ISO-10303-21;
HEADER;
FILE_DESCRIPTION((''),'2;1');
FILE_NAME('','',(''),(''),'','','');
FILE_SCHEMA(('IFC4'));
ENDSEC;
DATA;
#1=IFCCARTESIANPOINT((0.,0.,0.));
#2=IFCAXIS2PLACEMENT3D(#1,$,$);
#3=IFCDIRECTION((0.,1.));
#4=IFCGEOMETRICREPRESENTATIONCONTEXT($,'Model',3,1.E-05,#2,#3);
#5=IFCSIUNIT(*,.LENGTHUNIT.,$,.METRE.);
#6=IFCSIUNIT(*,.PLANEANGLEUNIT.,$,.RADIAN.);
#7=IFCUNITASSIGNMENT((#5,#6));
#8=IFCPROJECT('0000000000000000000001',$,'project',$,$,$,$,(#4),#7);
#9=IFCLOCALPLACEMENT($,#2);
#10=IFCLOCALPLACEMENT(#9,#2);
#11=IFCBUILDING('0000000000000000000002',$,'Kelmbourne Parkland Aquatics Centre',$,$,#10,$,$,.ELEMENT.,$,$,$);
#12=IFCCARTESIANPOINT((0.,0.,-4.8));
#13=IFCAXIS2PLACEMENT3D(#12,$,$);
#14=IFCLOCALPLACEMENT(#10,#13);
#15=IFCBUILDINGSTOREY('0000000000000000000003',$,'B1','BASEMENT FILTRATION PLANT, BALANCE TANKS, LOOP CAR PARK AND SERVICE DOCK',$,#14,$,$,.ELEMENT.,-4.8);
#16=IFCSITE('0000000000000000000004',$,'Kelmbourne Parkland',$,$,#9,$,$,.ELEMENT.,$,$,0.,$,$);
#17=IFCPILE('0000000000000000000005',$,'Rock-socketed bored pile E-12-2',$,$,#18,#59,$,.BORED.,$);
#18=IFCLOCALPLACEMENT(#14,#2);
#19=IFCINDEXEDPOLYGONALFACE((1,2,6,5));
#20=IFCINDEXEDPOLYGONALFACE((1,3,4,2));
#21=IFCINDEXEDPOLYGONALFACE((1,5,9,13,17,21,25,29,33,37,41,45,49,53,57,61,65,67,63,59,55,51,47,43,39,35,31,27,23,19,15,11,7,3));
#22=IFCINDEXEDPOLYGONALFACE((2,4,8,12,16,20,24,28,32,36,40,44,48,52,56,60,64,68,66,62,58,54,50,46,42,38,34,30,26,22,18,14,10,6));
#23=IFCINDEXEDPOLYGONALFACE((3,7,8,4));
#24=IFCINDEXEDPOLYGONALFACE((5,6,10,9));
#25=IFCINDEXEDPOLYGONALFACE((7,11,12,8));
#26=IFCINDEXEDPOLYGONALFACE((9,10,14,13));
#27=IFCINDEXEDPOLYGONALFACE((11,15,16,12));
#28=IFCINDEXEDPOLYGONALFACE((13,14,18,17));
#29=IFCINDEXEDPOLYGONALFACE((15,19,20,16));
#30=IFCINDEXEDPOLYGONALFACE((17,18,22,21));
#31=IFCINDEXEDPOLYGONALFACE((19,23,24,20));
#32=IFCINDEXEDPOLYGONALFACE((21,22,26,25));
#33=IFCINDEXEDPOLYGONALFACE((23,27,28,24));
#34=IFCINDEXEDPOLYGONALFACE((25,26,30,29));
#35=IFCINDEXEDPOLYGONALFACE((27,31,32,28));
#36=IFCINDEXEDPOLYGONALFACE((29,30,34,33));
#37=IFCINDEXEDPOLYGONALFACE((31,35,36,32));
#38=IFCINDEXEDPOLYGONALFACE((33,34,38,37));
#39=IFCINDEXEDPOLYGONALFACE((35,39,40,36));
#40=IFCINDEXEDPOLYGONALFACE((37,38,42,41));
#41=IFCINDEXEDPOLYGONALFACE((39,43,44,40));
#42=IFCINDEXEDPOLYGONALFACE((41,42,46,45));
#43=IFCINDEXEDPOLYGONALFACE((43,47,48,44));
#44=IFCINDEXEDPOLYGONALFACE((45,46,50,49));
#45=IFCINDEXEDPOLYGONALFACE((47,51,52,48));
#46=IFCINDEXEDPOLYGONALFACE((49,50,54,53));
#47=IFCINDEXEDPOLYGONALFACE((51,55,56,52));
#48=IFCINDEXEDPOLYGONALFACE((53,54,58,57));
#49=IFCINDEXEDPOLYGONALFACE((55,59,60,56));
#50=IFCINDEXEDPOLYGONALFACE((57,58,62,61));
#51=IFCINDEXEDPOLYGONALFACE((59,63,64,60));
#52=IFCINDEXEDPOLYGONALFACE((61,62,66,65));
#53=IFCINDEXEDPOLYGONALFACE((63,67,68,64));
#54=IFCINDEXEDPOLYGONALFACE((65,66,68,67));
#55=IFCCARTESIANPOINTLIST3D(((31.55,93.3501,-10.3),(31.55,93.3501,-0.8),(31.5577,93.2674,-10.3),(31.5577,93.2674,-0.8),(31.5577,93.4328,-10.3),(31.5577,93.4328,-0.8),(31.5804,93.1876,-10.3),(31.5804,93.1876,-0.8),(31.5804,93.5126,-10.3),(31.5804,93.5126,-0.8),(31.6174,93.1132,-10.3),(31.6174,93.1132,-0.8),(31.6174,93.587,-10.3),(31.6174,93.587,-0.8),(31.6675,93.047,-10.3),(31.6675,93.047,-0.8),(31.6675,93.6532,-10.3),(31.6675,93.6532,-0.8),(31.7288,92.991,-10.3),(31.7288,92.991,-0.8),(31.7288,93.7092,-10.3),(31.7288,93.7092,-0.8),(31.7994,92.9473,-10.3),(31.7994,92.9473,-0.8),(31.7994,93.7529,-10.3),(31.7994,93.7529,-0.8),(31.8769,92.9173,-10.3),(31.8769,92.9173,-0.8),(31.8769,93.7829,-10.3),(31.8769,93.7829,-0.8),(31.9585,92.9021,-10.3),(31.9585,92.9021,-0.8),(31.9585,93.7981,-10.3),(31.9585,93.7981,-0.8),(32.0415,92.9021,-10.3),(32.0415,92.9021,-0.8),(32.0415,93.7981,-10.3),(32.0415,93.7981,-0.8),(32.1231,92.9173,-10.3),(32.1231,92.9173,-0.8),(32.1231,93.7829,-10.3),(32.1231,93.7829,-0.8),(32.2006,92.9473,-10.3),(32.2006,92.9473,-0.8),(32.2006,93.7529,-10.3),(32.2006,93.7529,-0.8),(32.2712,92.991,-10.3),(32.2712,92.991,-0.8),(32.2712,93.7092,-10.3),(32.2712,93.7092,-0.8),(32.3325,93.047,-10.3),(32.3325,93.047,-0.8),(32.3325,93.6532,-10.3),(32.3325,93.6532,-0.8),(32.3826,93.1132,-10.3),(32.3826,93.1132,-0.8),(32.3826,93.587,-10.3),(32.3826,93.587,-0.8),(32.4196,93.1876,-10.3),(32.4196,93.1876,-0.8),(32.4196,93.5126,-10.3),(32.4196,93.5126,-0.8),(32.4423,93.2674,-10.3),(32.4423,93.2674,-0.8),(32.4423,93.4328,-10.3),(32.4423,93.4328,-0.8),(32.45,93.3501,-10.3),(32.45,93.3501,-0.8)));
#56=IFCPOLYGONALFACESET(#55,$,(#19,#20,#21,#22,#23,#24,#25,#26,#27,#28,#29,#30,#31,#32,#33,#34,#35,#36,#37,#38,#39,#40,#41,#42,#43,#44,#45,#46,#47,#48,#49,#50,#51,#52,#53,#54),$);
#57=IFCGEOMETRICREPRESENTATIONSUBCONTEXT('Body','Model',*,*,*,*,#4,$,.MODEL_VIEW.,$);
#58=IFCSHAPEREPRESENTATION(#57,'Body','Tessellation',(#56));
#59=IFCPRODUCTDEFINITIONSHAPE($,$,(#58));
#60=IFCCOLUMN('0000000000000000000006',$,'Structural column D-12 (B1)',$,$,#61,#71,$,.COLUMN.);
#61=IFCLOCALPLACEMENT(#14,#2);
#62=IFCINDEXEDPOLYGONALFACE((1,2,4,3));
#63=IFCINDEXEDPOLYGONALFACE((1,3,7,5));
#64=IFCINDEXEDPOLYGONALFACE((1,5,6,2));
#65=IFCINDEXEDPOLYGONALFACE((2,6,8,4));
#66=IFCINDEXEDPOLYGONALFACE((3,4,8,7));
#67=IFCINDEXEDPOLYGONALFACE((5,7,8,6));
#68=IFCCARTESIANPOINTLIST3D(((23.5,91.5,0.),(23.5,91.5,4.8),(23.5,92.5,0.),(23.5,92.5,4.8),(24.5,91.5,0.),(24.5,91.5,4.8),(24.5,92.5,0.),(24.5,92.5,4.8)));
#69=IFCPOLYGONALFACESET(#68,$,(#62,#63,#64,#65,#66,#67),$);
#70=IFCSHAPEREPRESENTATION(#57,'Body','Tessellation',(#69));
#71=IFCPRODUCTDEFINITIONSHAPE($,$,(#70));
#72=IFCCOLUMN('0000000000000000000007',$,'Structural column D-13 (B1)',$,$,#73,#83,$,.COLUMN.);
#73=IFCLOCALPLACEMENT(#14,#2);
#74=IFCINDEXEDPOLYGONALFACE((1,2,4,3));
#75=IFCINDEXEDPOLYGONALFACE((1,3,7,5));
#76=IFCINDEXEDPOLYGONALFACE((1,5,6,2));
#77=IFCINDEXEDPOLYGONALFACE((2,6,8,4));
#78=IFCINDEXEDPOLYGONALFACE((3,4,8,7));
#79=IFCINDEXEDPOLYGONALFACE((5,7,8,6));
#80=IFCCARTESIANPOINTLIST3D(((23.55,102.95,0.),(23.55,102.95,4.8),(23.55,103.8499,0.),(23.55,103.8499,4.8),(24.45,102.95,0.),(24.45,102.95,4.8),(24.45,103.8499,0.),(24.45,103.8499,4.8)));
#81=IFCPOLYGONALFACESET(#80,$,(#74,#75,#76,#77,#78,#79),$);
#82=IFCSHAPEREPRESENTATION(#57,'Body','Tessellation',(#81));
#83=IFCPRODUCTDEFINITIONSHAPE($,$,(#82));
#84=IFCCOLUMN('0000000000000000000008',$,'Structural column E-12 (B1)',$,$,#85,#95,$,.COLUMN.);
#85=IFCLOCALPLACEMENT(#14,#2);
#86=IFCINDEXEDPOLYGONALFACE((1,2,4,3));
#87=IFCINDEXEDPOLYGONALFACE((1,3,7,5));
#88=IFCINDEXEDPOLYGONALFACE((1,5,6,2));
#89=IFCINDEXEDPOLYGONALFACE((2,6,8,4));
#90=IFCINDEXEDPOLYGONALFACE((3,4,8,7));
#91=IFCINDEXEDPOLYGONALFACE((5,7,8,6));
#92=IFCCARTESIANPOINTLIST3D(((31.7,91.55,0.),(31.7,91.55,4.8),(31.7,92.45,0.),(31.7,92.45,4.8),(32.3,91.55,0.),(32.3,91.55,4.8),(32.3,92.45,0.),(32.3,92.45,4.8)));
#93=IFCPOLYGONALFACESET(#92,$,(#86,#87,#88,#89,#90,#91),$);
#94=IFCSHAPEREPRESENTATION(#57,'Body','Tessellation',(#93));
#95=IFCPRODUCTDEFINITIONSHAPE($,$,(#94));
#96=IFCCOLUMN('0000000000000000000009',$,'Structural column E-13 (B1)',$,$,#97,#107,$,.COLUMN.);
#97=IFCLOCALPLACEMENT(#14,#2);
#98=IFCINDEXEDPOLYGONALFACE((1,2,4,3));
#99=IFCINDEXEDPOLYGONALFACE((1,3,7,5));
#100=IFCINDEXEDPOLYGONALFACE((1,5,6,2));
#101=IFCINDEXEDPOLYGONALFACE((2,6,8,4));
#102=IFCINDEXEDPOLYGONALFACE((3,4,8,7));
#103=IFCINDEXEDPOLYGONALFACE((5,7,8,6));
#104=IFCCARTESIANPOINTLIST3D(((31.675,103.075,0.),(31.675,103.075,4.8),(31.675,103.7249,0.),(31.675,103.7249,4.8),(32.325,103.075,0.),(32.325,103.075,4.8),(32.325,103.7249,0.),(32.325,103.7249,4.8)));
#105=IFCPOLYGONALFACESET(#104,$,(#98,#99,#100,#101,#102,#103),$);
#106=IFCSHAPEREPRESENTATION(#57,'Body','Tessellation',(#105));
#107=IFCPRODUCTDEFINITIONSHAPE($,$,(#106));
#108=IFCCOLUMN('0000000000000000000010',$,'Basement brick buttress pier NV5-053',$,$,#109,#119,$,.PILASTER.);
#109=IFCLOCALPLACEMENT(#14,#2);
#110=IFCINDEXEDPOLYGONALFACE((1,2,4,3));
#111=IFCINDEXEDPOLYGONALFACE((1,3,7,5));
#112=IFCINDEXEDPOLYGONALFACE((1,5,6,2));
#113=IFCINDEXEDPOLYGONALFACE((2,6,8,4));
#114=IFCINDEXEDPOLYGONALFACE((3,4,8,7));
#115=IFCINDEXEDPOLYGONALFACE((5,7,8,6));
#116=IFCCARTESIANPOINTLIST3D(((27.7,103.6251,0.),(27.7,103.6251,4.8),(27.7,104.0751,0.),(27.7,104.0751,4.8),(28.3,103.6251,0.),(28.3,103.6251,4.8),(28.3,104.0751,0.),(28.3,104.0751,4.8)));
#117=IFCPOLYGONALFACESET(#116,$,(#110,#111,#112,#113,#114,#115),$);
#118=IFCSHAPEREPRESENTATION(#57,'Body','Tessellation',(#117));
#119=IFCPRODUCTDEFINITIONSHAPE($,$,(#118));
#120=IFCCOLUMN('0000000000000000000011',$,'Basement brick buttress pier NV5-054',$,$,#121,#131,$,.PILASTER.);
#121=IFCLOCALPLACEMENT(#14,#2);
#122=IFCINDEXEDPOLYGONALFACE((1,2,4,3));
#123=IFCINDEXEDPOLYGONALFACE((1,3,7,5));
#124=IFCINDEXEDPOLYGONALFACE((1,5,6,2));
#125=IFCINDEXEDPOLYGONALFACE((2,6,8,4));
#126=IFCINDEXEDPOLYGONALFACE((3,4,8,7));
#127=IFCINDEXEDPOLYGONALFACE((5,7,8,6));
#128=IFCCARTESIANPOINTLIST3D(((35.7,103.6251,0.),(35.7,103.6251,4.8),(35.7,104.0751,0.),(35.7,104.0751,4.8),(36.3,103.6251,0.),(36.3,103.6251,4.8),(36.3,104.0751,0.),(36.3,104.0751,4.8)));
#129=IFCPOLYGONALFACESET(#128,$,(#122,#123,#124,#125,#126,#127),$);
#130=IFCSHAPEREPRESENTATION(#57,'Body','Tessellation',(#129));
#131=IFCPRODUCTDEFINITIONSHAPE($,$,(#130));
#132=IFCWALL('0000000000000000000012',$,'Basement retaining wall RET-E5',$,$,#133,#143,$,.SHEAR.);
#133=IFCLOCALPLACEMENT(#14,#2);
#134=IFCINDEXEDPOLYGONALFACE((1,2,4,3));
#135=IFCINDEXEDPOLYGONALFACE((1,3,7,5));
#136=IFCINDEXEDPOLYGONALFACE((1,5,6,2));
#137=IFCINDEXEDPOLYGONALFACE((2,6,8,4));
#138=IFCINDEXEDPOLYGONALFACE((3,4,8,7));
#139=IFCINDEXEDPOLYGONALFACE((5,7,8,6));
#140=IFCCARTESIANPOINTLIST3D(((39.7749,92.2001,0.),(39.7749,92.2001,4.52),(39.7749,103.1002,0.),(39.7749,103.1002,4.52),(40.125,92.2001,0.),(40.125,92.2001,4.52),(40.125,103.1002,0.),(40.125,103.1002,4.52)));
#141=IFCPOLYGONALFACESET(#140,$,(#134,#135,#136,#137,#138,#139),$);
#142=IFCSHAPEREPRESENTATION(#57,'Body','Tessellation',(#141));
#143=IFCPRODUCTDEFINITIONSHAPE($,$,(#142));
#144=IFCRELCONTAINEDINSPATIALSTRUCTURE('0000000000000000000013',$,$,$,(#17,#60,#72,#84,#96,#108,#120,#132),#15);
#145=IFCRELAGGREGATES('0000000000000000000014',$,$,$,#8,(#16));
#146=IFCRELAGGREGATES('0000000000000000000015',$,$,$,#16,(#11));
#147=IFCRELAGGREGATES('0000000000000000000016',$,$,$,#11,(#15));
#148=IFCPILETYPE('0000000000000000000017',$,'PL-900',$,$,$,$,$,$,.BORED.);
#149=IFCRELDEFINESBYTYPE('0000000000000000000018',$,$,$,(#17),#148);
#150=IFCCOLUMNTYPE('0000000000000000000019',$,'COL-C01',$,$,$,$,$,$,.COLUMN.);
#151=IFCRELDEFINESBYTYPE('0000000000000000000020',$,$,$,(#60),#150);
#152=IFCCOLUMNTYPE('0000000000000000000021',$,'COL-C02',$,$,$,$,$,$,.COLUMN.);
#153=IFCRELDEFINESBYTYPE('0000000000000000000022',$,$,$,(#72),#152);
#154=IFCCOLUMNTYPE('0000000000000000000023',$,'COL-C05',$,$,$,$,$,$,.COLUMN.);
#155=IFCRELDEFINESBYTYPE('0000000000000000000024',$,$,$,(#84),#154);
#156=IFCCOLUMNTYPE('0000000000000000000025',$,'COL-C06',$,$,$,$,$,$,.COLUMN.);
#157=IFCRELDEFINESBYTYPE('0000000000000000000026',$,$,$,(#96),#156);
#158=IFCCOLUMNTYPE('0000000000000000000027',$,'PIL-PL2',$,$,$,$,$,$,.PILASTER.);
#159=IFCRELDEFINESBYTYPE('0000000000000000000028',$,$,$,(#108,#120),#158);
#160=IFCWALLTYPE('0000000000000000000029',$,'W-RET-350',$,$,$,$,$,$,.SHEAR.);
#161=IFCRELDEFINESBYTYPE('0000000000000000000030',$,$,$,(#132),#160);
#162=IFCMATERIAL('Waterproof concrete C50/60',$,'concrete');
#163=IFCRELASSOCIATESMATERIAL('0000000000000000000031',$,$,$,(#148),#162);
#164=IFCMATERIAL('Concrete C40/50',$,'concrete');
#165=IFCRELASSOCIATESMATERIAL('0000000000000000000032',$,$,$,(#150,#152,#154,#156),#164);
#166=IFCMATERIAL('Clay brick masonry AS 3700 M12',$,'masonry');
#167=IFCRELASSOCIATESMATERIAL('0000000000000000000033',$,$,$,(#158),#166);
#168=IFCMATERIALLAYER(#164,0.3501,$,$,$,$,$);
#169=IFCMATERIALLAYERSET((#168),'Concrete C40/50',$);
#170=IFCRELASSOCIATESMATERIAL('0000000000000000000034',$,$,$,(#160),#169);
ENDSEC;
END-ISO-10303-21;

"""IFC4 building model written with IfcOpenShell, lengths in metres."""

from ifc_helpers import new_model, si_unit, direction, frame, frame_2d, origin, origin_2d, place, context, subcontext, project, spatial, rectangle, circle, extrude, material, layer, layer_set, material_profile, profile_set, type_object, element, save


model = new_model("IFC4")

# Units and contexts
model_context = context("Model", 3, precision=1e-05, world=origin(), true_north=direction((0.0, 1.0)))
body_context = subcontext(model_context, "Body", "Model", "MODEL_VIEW")
ifc_project = project(units=[si_unit("LENGTHUNIT", "METRE"), si_unit("PLANEANGLEUNIT", "RADIAN")], contexts=[model_context])

# Site, building, storey
site_placement = place(None, origin())
site = spatial("IfcSite", under=ifc_project, at=site_placement, Name="Kelmbourne Parkland", CompositionType="ELEMENT", RefElevation=0.0)
building_placement = place(site_placement, origin())
building = spatial("IfcBuilding", under=site, at=building_placement, Name="Kelmbourne Parkland Aquatics Centre", CompositionType="ELEMENT")
storey_placement = place(building_placement, frame((0.0, 0.0, -4.8)))
storey = spatial("IfcBuildingStorey", under=building, at=storey_placement, Name="B1", Description="BASEMENT FILTRATION PLANT, BALANCE TANKS, LOOP CAR PARK AND SERVICE DOCK", CompositionType="ELEMENT", Elevation=-4.8)

# Shared definitions
ifc_material_1 = material(Name="Waterproof concrete C50/60", Category="concrete")

# Pile
ifc_material_profile_1 = material_profile(ifc_material_1, circle(Radius=0.45, at=origin_2d()), Name="PILE D900")
ifc_profile_set_1 = profile_set([ifc_material_profile_1], Name="Waterproof concrete C50/60")
pile_type_1 = type_object("IfcPileType", Name="PL-900", PredefinedType="BORED", material=ifc_profile_set_1)
pile_placement = place(storey_placement, frame((32.0, 93.3501, -0.8), z_axis=(0.0, 0.0, -1.0), x_axis=(1.0, 0.0, 0.0)))
element("IfcPile", 1, at=pile_placement, inside=storey, type_object=pile_type_1, Name="Rock-socketed bored pile E-12-2", PredefinedType="BORED", context=body_context, shape_type="SweptSolid", body=[
    extrude(circle(Radius=0.45, at=origin_2d()), origin(), (0.0, 0.0, 1.0), 9.5),
])

# Columns
ifc_material_2 = material(Name="Concrete C40/50", Category="concrete")
ifc_material_profile_2 = material_profile(ifc_material_2, rectangle(XDim=1.0, YDim=1.0, at=origin_2d()), Name="RC 1000x1000")
ifc_profile_set_2 = profile_set([ifc_material_profile_2], Name="Concrete C40/50")
column_type_1 = type_object("IfcColumnType", Name="COL-C01", PredefinedType="COLUMN", material=ifc_profile_set_2)
column_1_placement = place(storey_placement, frame((24.0, 92.0, 0.0), z_axis=(0.0, 0.0, 1.0), x_axis=(1.0, 0.0, 0.0)))
element("IfcColumn", 2, at=column_1_placement, inside=storey, type_object=column_type_1, Name="Structural column D-12 (B1)", PredefinedType="COLUMN", context=body_context, shape_type="SweptSolid", body=[
    extrude(rectangle(XDim=1.0, YDim=1.0, at=origin_2d()), origin(), (0.0, 0.0, 1.0), 4.8),
])
ifc_material_profile_3 = material_profile(ifc_material_2, rectangle(XDim=0.8999, YDim=0.8999, at=origin_2d()), Name="RC 900x900")
ifc_profile_set_3 = profile_set([ifc_material_profile_3], Name="Concrete C40/50")
column_type_2 = type_object("IfcColumnType", Name="COL-C02", PredefinedType="COLUMN", material=ifc_profile_set_3)
column_2_placement = place(storey_placement, frame((24.0, 103.3999, 0.0), z_axis=(0.0, 0.0, 1.0), x_axis=(1.0, 0.0, 0.0)))
element("IfcColumn", 3, at=column_2_placement, inside=storey, type_object=column_type_2, Name="Structural column D-13 (B1)", PredefinedType="COLUMN", context=body_context, shape_type="SweptSolid", body=[
    extrude(rectangle(XDim=0.8999, YDim=0.8999, at=origin_2d()), origin(), (0.0, 0.0, 1.0), 4.8),
])
ifc_material_profile_4 = material_profile(ifc_material_2, rectangle(XDim=0.6001, YDim=0.8999, at=origin_2d()), Name="RC 600x900")
ifc_profile_set_4 = profile_set([ifc_material_profile_4], Name="Concrete C40/50")
column_type_3 = type_object("IfcColumnType", Name="COL-C05", PredefinedType="COLUMN", material=ifc_profile_set_4)
column_3_placement = place(storey_placement, frame((32.0, 92.0, 0.0), z_axis=(0.0, 0.0, 1.0), x_axis=(1.0, 0.0, 0.0)))
element("IfcColumn", 4, at=column_3_placement, inside=storey, type_object=column_type_3, Name="Structural column E-12 (B1)", PredefinedType="COLUMN", context=body_context, shape_type="SweptSolid", body=[
    extrude(rectangle(XDim=0.6001, YDim=0.8999, at=origin_2d()), origin(), (0.0, 0.0, 1.0), 4.8),
])
ifc_material_profile_5 = material_profile(ifc_material_2, rectangle(XDim=0.6499, YDim=0.6499, at=origin_2d()), Name="RC 650x650")
ifc_profile_set_5 = profile_set([ifc_material_profile_5], Name="Concrete C40/50")
column_type_4 = type_object("IfcColumnType", Name="COL-C06", PredefinedType="COLUMN", material=ifc_profile_set_5)
column_4_placement = place(storey_placement, frame((32.0, 103.3999, 0.0), z_axis=(0.0, 0.0, 1.0), x_axis=(1.0, 0.0, 0.0)))
element("IfcColumn", 5, at=column_4_placement, inside=storey, type_object=column_type_4, Name="Structural column E-13 (B1)", PredefinedType="COLUMN", context=body_context, shape_type="SweptSolid", body=[
    extrude(rectangle(XDim=0.6499, YDim=0.6499, at=origin_2d()), origin(), (0.0, 0.0, 1.0), 4.8),
])
ifc_material_3 = material(Name="Clay brick masonry AS 3700 M12", Category="masonry")
ifc_material_profile_6 = material_profile(ifc_material_3, rectangle(XDim=0.45, YDim=0.6001, at=origin_2d()), Name="PIL 450x600")
ifc_profile_set_6 = profile_set([ifc_material_profile_6], Name="Clay brick masonry AS 3700 M12")
column_type_5 = type_object("IfcColumnType", Name="PIL-PL2", PredefinedType="PILASTER", material=ifc_profile_set_6)
for number, where, z_axis, x_axis, name in (
    (6, (28.0, 103.8501, 0.0), (0.0, 0.0, 1.0), (0.0, 1.0, 0.0), "Basement brick buttress pier NV5-053"),
    (7, (36.0, 103.8501, 0.0), (0.0, 0.0, 1.0), (0.0, 1.0, 0.0), "Basement brick buttress pier NV5-054"),
):
    element("IfcColumn", number, at=place(storey_placement, frame(where, z_axis=z_axis, x_axis=x_axis)), inside=storey, type_object=column_type_5, Name=name, PredefinedType="PILASTER", context=body_context, shape_type="SweptSolid", body=[
        extrude(rectangle(XDim=0.45, YDim=0.6001, at=origin_2d()), origin(), (0.0, 0.0, 1.0), 4.8),
    ])

# Wall
ifc_layer = layer(ifc_material_2, 0.3501)
ifc_layer_set = layer_set([ifc_layer], Name="Concrete C40/50")
wall_type = type_object("IfcWallType", Name="W-RET-350", PredefinedType="SHEAR", material=ifc_layer_set)
wall_placement = place(storey_placement, frame((39.95, 92.2, 0.0), z_axis=(0.0, 0.0, 1.0), x_axis=(0.0, 1.0, 0.0)))
element("IfcWall", 8, at=wall_placement, inside=storey, type_object=wall_type, Name="Basement retaining wall RET-E5", PredefinedType="SHEAR", context=body_context, shape_type="SweptSolid", body=[
    extrude(rectangle(XDim=10.9001, YDim=0.3501, at=frame_2d((5.4502, 0.0))), origin(), (0.0, 0.0, 1.0), 4.52),
])

save(model, "model.ifc")
